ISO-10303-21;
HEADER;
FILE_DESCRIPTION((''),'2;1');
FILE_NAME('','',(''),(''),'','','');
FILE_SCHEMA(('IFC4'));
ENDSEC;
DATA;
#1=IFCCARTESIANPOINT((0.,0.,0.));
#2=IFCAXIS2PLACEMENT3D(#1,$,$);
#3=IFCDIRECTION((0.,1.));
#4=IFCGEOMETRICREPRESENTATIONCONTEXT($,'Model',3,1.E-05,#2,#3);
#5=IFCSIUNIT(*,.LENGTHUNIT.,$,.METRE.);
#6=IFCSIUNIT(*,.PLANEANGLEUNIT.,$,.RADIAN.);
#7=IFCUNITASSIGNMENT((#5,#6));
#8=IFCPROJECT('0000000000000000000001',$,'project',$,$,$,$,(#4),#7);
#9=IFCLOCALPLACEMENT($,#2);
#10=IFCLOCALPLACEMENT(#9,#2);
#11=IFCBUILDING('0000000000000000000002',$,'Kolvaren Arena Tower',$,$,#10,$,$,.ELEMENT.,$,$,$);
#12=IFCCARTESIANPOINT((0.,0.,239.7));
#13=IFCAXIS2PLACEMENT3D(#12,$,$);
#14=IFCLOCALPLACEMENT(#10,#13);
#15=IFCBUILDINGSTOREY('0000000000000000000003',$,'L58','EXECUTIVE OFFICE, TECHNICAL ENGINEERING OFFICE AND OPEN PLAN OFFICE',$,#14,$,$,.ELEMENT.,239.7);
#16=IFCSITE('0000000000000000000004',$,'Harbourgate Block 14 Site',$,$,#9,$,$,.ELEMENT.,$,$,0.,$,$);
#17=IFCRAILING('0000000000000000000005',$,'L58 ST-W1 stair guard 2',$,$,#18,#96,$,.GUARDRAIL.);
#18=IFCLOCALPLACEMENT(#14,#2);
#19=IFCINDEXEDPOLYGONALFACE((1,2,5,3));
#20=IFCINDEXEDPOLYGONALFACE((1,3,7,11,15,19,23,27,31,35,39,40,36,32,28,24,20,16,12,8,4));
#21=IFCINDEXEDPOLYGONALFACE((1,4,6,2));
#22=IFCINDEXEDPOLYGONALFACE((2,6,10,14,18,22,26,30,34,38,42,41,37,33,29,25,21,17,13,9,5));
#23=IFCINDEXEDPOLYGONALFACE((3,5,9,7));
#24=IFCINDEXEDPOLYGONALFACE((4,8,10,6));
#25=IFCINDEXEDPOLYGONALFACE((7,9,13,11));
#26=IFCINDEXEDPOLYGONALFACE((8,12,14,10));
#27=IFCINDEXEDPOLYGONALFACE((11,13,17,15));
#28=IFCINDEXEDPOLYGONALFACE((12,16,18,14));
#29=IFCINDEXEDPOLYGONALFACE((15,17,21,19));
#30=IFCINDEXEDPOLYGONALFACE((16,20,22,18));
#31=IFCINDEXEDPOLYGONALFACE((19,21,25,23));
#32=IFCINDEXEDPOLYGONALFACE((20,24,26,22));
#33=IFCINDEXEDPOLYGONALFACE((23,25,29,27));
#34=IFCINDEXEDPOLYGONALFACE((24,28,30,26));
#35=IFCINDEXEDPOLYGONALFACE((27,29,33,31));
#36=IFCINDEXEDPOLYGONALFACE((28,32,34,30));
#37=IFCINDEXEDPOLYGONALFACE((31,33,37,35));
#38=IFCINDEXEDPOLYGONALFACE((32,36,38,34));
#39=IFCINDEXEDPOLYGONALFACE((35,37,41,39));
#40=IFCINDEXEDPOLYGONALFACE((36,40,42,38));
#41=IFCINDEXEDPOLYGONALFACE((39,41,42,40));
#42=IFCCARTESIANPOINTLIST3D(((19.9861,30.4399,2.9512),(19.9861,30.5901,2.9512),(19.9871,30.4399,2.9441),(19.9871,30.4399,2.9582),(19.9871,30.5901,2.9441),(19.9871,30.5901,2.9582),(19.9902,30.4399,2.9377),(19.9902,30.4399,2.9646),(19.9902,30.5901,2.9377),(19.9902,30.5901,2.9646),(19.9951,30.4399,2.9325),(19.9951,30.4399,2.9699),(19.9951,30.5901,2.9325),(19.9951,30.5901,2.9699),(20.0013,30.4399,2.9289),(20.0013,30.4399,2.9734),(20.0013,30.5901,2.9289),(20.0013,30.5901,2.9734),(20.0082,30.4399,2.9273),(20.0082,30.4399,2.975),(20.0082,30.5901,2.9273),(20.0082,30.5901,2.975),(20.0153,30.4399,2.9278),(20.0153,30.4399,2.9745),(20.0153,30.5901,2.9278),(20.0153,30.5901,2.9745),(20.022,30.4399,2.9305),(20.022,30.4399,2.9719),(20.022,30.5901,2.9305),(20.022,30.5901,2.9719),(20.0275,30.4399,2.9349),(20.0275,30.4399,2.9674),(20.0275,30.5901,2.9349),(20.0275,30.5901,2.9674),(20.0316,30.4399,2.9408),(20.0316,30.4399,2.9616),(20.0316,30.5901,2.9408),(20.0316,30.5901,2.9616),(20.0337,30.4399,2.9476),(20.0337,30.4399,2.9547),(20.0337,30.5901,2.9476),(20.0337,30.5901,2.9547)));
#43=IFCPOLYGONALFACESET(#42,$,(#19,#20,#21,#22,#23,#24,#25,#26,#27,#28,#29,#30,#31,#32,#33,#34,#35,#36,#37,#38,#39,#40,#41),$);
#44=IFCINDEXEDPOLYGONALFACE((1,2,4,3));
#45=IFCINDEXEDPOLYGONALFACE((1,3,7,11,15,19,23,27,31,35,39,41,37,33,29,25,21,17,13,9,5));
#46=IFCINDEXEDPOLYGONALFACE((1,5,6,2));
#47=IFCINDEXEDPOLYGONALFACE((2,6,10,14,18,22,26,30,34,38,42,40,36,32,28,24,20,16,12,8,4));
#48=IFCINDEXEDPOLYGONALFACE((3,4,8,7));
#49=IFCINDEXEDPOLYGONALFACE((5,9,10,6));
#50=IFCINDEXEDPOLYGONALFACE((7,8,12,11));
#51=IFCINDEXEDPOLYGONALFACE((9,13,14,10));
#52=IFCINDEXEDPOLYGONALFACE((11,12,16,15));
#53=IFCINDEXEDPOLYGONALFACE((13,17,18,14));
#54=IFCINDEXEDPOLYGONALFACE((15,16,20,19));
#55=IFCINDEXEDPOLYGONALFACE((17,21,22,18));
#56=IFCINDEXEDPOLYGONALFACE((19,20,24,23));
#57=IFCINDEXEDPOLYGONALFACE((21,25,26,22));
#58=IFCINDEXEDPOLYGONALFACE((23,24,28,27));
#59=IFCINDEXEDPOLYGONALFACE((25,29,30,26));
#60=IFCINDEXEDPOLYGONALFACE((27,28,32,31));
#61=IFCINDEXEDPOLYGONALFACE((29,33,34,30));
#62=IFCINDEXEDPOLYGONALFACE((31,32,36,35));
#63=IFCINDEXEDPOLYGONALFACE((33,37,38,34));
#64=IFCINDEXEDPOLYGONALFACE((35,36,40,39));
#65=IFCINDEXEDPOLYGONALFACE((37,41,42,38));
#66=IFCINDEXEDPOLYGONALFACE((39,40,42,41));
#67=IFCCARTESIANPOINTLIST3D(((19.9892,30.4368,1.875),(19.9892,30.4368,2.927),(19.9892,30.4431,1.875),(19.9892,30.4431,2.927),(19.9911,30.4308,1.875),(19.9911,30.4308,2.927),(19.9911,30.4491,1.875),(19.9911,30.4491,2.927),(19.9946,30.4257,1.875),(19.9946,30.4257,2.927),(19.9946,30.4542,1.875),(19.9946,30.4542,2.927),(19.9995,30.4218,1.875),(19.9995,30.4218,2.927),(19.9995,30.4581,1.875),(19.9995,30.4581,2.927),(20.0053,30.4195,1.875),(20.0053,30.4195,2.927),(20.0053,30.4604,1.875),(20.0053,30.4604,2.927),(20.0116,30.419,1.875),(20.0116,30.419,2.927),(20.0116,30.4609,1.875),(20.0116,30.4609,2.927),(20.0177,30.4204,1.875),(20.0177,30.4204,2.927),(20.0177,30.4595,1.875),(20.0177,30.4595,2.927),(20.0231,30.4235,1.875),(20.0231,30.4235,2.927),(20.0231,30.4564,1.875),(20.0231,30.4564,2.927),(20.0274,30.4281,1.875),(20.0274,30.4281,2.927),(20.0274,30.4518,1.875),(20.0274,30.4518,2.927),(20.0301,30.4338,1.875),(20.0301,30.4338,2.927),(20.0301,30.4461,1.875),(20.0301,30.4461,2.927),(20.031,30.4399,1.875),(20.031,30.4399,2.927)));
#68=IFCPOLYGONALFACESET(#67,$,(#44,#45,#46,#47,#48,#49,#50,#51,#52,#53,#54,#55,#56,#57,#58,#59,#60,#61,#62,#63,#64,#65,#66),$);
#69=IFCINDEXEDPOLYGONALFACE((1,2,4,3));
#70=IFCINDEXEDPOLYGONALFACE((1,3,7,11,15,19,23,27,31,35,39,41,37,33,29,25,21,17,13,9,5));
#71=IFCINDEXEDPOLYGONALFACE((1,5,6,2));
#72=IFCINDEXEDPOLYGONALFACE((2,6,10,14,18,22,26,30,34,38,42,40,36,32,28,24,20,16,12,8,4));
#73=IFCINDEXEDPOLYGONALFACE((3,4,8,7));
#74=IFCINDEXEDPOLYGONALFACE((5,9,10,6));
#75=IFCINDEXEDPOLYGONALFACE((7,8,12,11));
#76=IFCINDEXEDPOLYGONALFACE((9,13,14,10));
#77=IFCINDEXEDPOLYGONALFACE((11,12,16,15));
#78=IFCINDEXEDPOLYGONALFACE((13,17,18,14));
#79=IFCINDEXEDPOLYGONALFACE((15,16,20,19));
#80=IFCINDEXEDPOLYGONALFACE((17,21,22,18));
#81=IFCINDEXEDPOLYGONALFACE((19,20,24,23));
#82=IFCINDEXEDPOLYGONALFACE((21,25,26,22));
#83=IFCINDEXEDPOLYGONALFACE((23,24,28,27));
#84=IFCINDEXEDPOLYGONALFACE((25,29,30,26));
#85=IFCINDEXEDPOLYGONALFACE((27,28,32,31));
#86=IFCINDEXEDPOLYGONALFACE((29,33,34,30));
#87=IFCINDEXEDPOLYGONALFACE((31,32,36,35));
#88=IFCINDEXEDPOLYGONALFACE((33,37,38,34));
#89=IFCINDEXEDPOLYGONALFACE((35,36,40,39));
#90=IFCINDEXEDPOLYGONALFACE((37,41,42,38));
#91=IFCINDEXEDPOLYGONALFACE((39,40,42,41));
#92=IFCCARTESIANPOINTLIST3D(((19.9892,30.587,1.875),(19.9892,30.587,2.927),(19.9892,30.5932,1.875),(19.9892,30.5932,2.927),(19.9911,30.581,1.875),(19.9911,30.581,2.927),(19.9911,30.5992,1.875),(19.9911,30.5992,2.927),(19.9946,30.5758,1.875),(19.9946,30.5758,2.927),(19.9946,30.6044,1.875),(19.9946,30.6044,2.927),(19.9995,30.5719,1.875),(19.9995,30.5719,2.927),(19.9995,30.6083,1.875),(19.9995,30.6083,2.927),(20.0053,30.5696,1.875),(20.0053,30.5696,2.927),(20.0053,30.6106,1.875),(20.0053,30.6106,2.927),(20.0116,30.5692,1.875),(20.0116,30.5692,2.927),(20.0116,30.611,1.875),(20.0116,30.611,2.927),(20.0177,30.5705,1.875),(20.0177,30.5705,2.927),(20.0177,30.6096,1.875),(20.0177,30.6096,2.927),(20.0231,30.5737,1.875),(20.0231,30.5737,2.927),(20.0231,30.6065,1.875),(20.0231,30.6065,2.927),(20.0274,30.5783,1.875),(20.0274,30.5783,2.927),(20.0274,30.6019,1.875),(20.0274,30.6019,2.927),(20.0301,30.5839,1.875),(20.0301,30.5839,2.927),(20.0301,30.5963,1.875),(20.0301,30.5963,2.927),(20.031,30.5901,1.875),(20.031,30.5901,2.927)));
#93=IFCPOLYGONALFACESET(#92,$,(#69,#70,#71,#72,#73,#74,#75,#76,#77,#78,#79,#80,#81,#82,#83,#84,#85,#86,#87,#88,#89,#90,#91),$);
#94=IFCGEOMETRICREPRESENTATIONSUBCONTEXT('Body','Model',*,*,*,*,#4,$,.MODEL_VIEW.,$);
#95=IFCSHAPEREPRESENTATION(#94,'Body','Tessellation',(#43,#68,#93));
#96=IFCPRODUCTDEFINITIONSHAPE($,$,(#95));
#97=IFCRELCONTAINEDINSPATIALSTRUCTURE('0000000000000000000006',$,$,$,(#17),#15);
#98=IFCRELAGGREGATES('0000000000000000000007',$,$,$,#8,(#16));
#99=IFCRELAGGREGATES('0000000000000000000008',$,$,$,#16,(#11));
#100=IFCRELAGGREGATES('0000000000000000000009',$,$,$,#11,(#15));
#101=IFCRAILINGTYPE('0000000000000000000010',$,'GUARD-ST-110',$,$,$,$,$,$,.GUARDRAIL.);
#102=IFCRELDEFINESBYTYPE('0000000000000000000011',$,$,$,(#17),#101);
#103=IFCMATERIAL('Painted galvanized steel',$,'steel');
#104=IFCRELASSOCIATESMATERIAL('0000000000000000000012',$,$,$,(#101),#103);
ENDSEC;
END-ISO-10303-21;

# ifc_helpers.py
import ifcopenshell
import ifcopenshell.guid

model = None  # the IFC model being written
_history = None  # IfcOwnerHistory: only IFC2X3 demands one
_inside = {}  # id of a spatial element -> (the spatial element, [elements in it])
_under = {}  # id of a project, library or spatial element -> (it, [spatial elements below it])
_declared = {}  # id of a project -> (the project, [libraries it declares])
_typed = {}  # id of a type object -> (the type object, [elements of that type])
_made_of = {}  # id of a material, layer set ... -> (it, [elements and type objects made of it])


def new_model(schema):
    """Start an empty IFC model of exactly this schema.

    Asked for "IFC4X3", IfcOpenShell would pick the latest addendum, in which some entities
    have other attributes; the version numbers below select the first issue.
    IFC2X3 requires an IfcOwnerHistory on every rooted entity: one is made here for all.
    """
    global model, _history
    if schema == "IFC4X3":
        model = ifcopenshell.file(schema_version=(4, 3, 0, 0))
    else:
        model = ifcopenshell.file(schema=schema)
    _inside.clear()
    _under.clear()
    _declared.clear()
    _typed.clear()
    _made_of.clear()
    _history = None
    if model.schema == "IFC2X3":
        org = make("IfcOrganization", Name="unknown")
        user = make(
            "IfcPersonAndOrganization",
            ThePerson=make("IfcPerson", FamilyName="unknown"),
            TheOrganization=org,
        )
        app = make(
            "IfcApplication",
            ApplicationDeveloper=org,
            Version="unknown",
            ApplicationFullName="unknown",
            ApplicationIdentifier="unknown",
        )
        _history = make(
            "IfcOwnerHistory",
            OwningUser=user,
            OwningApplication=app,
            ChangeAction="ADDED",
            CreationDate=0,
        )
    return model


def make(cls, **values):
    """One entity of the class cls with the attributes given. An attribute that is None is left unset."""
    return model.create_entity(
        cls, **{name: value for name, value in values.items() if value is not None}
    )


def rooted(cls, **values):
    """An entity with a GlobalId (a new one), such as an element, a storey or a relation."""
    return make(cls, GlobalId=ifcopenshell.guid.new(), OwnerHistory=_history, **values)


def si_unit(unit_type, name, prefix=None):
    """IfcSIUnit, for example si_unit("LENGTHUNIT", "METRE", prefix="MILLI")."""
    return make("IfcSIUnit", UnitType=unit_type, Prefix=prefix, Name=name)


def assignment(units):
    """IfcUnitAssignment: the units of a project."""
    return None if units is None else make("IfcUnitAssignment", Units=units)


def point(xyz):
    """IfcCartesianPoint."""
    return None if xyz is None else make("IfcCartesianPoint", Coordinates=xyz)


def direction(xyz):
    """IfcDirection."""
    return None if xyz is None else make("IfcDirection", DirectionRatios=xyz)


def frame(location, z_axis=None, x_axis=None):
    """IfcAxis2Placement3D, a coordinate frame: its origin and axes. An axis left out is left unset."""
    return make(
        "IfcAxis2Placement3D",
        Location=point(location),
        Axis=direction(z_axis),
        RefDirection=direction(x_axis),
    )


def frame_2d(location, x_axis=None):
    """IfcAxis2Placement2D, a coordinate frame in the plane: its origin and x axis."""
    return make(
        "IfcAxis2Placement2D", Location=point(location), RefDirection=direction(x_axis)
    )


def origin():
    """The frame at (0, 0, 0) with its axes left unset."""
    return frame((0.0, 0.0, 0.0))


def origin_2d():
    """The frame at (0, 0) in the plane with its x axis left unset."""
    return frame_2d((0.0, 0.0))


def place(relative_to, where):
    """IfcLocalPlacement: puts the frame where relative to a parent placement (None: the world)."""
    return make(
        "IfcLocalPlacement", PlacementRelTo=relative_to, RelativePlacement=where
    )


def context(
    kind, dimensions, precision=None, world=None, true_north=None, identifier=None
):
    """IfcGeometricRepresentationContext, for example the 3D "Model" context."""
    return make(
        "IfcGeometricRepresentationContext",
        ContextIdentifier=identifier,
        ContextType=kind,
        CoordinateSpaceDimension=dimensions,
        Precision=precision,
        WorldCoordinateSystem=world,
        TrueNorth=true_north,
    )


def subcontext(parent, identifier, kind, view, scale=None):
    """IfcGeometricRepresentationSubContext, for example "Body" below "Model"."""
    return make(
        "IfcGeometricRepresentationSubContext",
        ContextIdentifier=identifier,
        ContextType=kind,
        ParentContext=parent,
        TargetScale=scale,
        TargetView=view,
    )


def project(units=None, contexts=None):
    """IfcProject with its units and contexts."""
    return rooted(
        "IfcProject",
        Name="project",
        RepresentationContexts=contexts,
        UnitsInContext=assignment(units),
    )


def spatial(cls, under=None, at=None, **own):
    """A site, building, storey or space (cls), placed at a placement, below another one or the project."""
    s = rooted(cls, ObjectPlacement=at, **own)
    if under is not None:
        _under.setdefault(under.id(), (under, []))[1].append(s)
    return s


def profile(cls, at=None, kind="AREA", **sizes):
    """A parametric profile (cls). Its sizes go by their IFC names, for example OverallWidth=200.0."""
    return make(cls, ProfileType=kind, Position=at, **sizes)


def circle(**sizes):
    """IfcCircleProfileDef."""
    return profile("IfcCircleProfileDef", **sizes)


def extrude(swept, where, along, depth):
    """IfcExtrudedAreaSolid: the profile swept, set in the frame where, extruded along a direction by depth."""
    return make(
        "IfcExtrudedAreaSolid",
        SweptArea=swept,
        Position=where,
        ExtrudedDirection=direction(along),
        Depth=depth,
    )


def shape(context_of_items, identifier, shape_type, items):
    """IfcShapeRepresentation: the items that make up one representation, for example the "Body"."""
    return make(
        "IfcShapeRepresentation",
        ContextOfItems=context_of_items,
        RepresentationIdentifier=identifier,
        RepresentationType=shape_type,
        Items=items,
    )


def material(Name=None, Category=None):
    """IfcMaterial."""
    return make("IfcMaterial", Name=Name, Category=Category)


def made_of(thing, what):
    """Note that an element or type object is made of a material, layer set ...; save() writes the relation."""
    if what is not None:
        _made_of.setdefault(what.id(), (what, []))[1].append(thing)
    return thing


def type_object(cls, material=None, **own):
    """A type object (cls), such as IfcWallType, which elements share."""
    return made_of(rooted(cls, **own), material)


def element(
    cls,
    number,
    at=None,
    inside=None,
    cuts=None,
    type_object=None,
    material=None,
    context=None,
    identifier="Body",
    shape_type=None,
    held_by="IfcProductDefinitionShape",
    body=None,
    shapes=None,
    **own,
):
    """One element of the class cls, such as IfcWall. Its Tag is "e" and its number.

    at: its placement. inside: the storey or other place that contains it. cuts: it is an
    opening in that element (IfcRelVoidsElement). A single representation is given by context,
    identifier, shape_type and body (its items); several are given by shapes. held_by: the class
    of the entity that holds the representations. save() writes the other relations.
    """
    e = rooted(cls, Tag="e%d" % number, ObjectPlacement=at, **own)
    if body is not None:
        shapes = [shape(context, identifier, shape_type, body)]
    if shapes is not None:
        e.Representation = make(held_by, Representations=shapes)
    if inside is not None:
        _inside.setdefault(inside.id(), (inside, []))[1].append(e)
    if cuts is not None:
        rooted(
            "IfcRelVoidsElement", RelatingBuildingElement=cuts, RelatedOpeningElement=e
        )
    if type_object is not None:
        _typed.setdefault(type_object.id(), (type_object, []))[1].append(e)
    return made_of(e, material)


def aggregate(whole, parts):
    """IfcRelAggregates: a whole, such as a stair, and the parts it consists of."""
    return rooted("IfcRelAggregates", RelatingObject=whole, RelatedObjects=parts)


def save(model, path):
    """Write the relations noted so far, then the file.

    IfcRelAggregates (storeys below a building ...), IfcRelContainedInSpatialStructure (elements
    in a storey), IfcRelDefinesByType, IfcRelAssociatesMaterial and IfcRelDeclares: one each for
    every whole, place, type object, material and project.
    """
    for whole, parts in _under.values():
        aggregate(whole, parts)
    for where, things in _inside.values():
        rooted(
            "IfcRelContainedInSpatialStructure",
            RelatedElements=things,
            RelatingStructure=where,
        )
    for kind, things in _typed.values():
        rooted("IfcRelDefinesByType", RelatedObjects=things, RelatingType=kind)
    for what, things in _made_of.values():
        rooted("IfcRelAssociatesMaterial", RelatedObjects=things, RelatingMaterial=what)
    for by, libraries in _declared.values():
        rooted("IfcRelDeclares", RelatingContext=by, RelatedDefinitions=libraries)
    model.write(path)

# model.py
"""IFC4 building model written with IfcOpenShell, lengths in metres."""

from ifc_helpers import new_model, si_unit, direction, frame, origin, origin_2d, place, context, subcontext, project, spatial, circle, extrude, material, type_object, element, save


model = new_model("IFC4")

# Units and contexts
model_context = context("Model", 3, precision=1e-05, world=origin(), true_north=direction((0.0, 1.0)))
body_context = subcontext(model_context, "Body", "Model", "MODEL_VIEW")
ifc_project = project(units=[si_unit("LENGTHUNIT", "METRE"), si_unit("PLANEANGLEUNIT", "RADIAN")], contexts=[model_context])

# Site, building, storey
site_placement = place(None, origin())
site = spatial("IfcSite", under=ifc_project, at=site_placement, Name="Harbourgate Block 14 Site", CompositionType="ELEMENT", RefElevation=0.0)
building_placement = place(site_placement, origin())
building = spatial("IfcBuilding", under=site, at=building_placement, Name="Kolvaren Arena Tower", CompositionType="ELEMENT")
storey_placement = place(building_placement, frame((0.0, 0.0, 239.7)))
storey = spatial("IfcBuildingStorey", under=building, at=storey_placement, Name="L58", Description="EXECUTIVE OFFICE, TECHNICAL ENGINEERING OFFICE AND OPEN PLAN OFFICE", CompositionType="ELEMENT", Elevation=239.7)

# Railing
ifc_material_1 = material(Name="Painted galvanized steel", Category="steel")
railing_type_1 = type_object("IfcRailingType", Name="GUARD-ST-110", PredefinedType="GUARDRAIL", material=ifc_material_1)
railing_1_placement = place(storey_placement, frame((20.01, 30.4399, 1.875)))
element("IfcRailing", 1, at=railing_1_placement, inside=storey, type_object=railing_type_1, Name="L58 ST-W1 stair guard 2", PredefinedType="GUARDRAIL", context=body_context, shape_type="SweptSolid", body=[
    extrude(circle(Radius=0.0239, at=origin_2d()), frame((0.0, 0.0, 1.0762), z_axis=(0.0, 1.0, 0.0), x_axis=(-1.0, 0.0, 0.0)), (0.0, 0.0, 1.0), 0.1501),
    extrude(circle(Radius=0.021, at=origin_2d()), origin(), (0.0, 0.0, 1.0), 1.052),
    extrude(circle(Radius=0.021, at=origin_2d()), frame((0.0, 0.1501, 0.0)), (0.0, 0.0, 1.0), 1.052),
])

save(model, "model.ifc")
